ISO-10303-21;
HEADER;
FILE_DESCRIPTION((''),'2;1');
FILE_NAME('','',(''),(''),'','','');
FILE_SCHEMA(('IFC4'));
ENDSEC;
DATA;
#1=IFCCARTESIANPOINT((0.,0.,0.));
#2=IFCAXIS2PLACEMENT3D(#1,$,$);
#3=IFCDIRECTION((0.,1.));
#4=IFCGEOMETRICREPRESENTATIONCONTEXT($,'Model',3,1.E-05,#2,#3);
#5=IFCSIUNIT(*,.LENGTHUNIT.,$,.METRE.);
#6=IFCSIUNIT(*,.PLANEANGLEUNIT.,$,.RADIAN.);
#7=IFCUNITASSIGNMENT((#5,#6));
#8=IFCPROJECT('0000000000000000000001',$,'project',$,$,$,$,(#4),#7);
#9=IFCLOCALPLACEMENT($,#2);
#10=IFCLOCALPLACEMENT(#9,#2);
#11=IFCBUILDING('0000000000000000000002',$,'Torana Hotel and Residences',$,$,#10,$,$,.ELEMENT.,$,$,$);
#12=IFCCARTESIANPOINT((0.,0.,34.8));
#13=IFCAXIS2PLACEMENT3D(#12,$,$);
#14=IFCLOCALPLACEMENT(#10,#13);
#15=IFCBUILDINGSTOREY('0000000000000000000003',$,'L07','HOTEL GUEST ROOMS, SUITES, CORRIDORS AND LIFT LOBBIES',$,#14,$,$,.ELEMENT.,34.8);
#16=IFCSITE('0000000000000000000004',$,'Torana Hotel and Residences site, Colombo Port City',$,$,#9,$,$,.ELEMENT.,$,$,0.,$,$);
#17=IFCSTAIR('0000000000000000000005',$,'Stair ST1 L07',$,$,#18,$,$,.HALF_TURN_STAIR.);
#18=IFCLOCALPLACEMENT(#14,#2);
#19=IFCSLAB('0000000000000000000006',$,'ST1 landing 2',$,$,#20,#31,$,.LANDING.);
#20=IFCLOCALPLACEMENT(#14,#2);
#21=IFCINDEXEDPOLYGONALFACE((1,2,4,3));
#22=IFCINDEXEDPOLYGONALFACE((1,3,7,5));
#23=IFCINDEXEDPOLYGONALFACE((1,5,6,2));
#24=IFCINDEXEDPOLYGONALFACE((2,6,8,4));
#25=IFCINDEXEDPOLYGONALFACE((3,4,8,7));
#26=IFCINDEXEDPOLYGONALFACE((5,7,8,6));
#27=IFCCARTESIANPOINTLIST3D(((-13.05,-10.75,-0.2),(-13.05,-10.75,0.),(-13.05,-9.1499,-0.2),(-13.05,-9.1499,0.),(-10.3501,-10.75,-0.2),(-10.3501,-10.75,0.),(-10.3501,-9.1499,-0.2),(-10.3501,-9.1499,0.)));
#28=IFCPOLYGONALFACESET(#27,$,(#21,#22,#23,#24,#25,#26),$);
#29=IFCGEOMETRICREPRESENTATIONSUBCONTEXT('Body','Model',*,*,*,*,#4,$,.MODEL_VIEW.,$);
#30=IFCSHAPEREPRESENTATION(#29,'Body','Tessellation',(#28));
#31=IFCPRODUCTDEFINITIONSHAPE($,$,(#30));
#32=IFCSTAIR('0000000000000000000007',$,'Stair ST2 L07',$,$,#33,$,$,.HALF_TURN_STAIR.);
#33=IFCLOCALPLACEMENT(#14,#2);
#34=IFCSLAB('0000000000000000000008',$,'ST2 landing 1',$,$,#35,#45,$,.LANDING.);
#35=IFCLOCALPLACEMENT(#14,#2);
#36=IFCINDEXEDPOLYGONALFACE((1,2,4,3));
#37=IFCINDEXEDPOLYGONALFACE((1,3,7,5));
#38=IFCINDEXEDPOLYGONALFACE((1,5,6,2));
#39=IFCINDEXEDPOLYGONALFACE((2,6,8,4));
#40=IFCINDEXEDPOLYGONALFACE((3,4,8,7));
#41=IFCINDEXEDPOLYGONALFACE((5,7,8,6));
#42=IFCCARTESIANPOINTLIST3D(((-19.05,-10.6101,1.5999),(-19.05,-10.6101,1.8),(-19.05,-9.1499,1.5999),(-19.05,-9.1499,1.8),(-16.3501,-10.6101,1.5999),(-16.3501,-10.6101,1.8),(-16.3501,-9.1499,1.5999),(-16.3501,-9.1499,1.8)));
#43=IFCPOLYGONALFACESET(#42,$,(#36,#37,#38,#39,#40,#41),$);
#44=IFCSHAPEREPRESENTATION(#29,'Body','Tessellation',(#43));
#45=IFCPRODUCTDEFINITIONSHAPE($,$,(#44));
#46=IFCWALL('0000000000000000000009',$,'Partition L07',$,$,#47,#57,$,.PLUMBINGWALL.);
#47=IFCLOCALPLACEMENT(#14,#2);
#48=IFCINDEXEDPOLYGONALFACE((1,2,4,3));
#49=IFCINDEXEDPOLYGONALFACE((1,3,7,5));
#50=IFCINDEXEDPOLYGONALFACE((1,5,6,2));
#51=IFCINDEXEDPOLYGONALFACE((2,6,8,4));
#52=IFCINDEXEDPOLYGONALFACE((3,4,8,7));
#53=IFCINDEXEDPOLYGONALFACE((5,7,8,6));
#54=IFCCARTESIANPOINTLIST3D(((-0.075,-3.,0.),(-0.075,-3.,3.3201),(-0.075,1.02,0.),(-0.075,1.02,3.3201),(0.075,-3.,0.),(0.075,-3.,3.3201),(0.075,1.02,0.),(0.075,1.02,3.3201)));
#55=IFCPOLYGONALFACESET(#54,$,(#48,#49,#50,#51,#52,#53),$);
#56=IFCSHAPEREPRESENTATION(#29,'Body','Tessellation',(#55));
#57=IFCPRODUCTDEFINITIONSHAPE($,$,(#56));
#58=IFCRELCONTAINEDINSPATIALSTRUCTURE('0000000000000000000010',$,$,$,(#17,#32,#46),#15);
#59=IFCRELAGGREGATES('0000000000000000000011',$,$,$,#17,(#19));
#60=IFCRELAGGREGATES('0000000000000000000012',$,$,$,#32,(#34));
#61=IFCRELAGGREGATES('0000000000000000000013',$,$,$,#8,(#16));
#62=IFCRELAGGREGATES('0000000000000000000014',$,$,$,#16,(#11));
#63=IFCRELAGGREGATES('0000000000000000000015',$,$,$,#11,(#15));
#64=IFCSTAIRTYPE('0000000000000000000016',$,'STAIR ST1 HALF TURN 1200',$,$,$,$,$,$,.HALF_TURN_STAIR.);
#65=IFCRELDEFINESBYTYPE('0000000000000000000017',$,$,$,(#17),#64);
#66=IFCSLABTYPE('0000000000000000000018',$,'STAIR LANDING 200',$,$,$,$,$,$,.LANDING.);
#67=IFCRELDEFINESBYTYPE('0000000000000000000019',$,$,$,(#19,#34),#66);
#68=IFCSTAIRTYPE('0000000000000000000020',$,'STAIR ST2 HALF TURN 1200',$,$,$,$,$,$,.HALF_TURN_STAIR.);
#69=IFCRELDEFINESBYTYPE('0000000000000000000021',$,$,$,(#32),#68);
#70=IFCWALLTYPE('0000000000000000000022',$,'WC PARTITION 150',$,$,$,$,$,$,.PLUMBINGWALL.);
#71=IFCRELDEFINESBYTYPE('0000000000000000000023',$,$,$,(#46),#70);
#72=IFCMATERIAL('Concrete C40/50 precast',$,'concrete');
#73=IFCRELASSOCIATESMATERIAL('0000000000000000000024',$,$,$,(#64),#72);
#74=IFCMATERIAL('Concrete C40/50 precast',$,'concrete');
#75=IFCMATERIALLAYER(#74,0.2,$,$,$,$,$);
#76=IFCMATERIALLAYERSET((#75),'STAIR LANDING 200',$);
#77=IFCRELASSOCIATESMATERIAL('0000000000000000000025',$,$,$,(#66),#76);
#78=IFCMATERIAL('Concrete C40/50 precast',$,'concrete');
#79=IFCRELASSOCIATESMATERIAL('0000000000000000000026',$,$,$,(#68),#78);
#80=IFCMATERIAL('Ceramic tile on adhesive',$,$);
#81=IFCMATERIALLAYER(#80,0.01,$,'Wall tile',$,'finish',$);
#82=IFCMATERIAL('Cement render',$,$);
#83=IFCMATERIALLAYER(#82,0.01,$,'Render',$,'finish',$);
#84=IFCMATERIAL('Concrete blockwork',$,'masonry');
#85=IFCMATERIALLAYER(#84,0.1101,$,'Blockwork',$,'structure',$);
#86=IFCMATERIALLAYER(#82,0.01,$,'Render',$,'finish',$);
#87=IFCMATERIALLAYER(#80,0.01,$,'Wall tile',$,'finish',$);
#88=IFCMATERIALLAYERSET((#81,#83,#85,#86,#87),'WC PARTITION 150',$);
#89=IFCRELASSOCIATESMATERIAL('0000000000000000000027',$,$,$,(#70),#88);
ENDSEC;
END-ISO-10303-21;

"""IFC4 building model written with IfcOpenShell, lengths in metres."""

from ifc_helpers import new_model, si_unit, direction, frame, frame_2d, origin, place, context, subcontext, project, spatial, polyline, rectangle, outline, extrude, material, layer, layer_set, type_object, element, aggregate, save


model = new_model("IFC4")

# Units and contexts
model_context = context("Model", 3, precision=1e-05, world=origin(), true_north=direction((0.0, 1.0)))
body_context = subcontext(model_context, "Body", "Model", "MODEL_VIEW")
ifc_project = project(units=[si_unit("LENGTHUNIT", "METRE"), si_unit("PLANEANGLEUNIT", "RADIAN")], contexts=[model_context])

# Site, building, storey
site_placement = place(None, origin())
site = spatial("IfcSite", under=ifc_project, at=site_placement, Name="Torana Hotel and Residences site, Colombo Port City", CompositionType="ELEMENT", RefElevation=0.0)
building_placement = place(site_placement, origin())
building = spatial("IfcBuilding", under=site, at=building_placement, Name="Torana Hotel and Residences", CompositionType="ELEMENT")
storey_placement = place(building_placement, frame((0.0, 0.0, 34.8)))
storey = spatial("IfcBuildingStorey", under=building, at=storey_placement, Name="L07", Description="HOTEL GUEST ROOMS, SUITES, CORRIDORS AND LIFT LOBBIES", CompositionType="ELEMENT", Elevation=34.8)

# Stair, slab
ifc_material_1 = material(Name="Concrete C40/50 precast", Category="concrete")
stair_type_1 = type_object("IfcStairType", Name="STAIR ST1 HALF TURN 1200", PredefinedType="HALF_TURN_STAIR", material=ifc_material_1)
stair_1_placement = place(storey_placement, origin())
stair_1 = element("IfcStair", 1, at=stair_1_placement, inside=storey, type_object=stair_type_1, Name="Stair ST1 L07", PredefinedType="HALF_TURN_STAIR")
ifc_material_2 = material(Name="Concrete C40/50 precast", Category="concrete")
ifc_layer_1 = layer(ifc_material_2, 0.2)
ifc_layer_set_1 = layer_set([ifc_layer_1], Name="STAIR LANDING 200")
slab_type_1 = type_object("IfcSlabType", Name="STAIR LANDING 200", PredefinedType="LANDING", material=ifc_layer_set_1)
slab_1_placement = place(storey_placement, frame((0.0, 0.0, -0.2)))
slab_1 = element("IfcSlab", 2, at=slab_1_placement, type_object=slab_type_1, Name="ST1 landing 2", PredefinedType="LANDING", context=body_context, shape_type="SweptSolid", body=[
    extrude(outline(polyline([(-13.05, -10.75), (-10.3501, -10.75), (-10.3501, -9.1499), (-13.05, -9.1499), (-13.05, -10.75)])), origin(), (0.0, 0.0, 1.0), 0.2),
])
aggregate(stair_1, [slab_1])

# Stair, slab
ifc_material_3 = material(Name="Concrete C40/50 precast", Category="concrete")
stair_type_2 = type_object("IfcStairType", Name="STAIR ST2 HALF TURN 1200", PredefinedType="HALF_TURN_STAIR", material=ifc_material_3)
stair_2_placement = place(storey_placement, origin())
stair_2 = element("IfcStair", 3, at=stair_2_placement, inside=storey, type_object=stair_type_2, Name="Stair ST2 L07", PredefinedType="HALF_TURN_STAIR")
slab_2_placement = place(storey_placement, frame((0.0, 0.0, 1.5999)))
slab_2 = element("IfcSlab", 4, at=slab_2_placement, type_object=slab_type_1, Name="ST2 landing 1", PredefinedType="LANDING", context=body_context, shape_type="SweptSolid", body=[
    extrude(outline(polyline([(-19.05, -10.6101), (-16.3501, -10.6101), (-16.3501, -9.1499), (-19.05, -9.1499), (-19.05, -10.6101)])), origin(), (0.0, 0.0, 1.0), 0.2002),
])
aggregate(stair_2, [slab_2])

# Wall
ifc_material_4 = material(Name="Ceramic tile on adhesive")
ifc_layer_2 = layer(ifc_material_4, 0.01, Name="Wall tile", Category="finish")
ifc_material_5 = material(Name="Cement render")
ifc_layer_3 = layer(ifc_material_5, 0.01, Name="Render", Category="finish")
ifc_material_6 = material(Name="Concrete blockwork", Category="masonry")
ifc_layer_4 = layer(ifc_material_6, 0.1101, Name="Blockwork", Category="structure")
ifc_layer_5 = layer(ifc_material_5, 0.01, Name="Render", Category="finish")
ifc_layer_6 = layer(ifc_material_4, 0.01, Name="Wall tile", Category="finish")
ifc_layer_set_2 = layer_set([ifc_layer_2, ifc_layer_3, ifc_layer_4, ifc_layer_5, ifc_layer_6], Name="WC PARTITION 150")
wall_type = type_object("IfcWallType", Name="WC PARTITION 150", PredefinedType="PLUMBINGWALL", material=ifc_layer_set_2)
wall_placement = place(storey_placement, frame((0.0, -3.0, 0.0), z_axis=(0.0, 0.0, 1.0), x_axis=(0.0, 1.0, 0.0)))
element("IfcWall", 5, at=wall_placement, inside=storey, type_object=wall_type, Name="Partition L07", PredefinedType="PLUMBINGWALL", context=body_context, shape_type="SweptSolid", body=[
    extrude(rectangle(XDim=4.02, YDim=0.1499, at=frame_2d((2.01, 0.0))), origin(), (0.0, 0.0, 1.0), 3.3201),
])

save(model, "model.ifc")
